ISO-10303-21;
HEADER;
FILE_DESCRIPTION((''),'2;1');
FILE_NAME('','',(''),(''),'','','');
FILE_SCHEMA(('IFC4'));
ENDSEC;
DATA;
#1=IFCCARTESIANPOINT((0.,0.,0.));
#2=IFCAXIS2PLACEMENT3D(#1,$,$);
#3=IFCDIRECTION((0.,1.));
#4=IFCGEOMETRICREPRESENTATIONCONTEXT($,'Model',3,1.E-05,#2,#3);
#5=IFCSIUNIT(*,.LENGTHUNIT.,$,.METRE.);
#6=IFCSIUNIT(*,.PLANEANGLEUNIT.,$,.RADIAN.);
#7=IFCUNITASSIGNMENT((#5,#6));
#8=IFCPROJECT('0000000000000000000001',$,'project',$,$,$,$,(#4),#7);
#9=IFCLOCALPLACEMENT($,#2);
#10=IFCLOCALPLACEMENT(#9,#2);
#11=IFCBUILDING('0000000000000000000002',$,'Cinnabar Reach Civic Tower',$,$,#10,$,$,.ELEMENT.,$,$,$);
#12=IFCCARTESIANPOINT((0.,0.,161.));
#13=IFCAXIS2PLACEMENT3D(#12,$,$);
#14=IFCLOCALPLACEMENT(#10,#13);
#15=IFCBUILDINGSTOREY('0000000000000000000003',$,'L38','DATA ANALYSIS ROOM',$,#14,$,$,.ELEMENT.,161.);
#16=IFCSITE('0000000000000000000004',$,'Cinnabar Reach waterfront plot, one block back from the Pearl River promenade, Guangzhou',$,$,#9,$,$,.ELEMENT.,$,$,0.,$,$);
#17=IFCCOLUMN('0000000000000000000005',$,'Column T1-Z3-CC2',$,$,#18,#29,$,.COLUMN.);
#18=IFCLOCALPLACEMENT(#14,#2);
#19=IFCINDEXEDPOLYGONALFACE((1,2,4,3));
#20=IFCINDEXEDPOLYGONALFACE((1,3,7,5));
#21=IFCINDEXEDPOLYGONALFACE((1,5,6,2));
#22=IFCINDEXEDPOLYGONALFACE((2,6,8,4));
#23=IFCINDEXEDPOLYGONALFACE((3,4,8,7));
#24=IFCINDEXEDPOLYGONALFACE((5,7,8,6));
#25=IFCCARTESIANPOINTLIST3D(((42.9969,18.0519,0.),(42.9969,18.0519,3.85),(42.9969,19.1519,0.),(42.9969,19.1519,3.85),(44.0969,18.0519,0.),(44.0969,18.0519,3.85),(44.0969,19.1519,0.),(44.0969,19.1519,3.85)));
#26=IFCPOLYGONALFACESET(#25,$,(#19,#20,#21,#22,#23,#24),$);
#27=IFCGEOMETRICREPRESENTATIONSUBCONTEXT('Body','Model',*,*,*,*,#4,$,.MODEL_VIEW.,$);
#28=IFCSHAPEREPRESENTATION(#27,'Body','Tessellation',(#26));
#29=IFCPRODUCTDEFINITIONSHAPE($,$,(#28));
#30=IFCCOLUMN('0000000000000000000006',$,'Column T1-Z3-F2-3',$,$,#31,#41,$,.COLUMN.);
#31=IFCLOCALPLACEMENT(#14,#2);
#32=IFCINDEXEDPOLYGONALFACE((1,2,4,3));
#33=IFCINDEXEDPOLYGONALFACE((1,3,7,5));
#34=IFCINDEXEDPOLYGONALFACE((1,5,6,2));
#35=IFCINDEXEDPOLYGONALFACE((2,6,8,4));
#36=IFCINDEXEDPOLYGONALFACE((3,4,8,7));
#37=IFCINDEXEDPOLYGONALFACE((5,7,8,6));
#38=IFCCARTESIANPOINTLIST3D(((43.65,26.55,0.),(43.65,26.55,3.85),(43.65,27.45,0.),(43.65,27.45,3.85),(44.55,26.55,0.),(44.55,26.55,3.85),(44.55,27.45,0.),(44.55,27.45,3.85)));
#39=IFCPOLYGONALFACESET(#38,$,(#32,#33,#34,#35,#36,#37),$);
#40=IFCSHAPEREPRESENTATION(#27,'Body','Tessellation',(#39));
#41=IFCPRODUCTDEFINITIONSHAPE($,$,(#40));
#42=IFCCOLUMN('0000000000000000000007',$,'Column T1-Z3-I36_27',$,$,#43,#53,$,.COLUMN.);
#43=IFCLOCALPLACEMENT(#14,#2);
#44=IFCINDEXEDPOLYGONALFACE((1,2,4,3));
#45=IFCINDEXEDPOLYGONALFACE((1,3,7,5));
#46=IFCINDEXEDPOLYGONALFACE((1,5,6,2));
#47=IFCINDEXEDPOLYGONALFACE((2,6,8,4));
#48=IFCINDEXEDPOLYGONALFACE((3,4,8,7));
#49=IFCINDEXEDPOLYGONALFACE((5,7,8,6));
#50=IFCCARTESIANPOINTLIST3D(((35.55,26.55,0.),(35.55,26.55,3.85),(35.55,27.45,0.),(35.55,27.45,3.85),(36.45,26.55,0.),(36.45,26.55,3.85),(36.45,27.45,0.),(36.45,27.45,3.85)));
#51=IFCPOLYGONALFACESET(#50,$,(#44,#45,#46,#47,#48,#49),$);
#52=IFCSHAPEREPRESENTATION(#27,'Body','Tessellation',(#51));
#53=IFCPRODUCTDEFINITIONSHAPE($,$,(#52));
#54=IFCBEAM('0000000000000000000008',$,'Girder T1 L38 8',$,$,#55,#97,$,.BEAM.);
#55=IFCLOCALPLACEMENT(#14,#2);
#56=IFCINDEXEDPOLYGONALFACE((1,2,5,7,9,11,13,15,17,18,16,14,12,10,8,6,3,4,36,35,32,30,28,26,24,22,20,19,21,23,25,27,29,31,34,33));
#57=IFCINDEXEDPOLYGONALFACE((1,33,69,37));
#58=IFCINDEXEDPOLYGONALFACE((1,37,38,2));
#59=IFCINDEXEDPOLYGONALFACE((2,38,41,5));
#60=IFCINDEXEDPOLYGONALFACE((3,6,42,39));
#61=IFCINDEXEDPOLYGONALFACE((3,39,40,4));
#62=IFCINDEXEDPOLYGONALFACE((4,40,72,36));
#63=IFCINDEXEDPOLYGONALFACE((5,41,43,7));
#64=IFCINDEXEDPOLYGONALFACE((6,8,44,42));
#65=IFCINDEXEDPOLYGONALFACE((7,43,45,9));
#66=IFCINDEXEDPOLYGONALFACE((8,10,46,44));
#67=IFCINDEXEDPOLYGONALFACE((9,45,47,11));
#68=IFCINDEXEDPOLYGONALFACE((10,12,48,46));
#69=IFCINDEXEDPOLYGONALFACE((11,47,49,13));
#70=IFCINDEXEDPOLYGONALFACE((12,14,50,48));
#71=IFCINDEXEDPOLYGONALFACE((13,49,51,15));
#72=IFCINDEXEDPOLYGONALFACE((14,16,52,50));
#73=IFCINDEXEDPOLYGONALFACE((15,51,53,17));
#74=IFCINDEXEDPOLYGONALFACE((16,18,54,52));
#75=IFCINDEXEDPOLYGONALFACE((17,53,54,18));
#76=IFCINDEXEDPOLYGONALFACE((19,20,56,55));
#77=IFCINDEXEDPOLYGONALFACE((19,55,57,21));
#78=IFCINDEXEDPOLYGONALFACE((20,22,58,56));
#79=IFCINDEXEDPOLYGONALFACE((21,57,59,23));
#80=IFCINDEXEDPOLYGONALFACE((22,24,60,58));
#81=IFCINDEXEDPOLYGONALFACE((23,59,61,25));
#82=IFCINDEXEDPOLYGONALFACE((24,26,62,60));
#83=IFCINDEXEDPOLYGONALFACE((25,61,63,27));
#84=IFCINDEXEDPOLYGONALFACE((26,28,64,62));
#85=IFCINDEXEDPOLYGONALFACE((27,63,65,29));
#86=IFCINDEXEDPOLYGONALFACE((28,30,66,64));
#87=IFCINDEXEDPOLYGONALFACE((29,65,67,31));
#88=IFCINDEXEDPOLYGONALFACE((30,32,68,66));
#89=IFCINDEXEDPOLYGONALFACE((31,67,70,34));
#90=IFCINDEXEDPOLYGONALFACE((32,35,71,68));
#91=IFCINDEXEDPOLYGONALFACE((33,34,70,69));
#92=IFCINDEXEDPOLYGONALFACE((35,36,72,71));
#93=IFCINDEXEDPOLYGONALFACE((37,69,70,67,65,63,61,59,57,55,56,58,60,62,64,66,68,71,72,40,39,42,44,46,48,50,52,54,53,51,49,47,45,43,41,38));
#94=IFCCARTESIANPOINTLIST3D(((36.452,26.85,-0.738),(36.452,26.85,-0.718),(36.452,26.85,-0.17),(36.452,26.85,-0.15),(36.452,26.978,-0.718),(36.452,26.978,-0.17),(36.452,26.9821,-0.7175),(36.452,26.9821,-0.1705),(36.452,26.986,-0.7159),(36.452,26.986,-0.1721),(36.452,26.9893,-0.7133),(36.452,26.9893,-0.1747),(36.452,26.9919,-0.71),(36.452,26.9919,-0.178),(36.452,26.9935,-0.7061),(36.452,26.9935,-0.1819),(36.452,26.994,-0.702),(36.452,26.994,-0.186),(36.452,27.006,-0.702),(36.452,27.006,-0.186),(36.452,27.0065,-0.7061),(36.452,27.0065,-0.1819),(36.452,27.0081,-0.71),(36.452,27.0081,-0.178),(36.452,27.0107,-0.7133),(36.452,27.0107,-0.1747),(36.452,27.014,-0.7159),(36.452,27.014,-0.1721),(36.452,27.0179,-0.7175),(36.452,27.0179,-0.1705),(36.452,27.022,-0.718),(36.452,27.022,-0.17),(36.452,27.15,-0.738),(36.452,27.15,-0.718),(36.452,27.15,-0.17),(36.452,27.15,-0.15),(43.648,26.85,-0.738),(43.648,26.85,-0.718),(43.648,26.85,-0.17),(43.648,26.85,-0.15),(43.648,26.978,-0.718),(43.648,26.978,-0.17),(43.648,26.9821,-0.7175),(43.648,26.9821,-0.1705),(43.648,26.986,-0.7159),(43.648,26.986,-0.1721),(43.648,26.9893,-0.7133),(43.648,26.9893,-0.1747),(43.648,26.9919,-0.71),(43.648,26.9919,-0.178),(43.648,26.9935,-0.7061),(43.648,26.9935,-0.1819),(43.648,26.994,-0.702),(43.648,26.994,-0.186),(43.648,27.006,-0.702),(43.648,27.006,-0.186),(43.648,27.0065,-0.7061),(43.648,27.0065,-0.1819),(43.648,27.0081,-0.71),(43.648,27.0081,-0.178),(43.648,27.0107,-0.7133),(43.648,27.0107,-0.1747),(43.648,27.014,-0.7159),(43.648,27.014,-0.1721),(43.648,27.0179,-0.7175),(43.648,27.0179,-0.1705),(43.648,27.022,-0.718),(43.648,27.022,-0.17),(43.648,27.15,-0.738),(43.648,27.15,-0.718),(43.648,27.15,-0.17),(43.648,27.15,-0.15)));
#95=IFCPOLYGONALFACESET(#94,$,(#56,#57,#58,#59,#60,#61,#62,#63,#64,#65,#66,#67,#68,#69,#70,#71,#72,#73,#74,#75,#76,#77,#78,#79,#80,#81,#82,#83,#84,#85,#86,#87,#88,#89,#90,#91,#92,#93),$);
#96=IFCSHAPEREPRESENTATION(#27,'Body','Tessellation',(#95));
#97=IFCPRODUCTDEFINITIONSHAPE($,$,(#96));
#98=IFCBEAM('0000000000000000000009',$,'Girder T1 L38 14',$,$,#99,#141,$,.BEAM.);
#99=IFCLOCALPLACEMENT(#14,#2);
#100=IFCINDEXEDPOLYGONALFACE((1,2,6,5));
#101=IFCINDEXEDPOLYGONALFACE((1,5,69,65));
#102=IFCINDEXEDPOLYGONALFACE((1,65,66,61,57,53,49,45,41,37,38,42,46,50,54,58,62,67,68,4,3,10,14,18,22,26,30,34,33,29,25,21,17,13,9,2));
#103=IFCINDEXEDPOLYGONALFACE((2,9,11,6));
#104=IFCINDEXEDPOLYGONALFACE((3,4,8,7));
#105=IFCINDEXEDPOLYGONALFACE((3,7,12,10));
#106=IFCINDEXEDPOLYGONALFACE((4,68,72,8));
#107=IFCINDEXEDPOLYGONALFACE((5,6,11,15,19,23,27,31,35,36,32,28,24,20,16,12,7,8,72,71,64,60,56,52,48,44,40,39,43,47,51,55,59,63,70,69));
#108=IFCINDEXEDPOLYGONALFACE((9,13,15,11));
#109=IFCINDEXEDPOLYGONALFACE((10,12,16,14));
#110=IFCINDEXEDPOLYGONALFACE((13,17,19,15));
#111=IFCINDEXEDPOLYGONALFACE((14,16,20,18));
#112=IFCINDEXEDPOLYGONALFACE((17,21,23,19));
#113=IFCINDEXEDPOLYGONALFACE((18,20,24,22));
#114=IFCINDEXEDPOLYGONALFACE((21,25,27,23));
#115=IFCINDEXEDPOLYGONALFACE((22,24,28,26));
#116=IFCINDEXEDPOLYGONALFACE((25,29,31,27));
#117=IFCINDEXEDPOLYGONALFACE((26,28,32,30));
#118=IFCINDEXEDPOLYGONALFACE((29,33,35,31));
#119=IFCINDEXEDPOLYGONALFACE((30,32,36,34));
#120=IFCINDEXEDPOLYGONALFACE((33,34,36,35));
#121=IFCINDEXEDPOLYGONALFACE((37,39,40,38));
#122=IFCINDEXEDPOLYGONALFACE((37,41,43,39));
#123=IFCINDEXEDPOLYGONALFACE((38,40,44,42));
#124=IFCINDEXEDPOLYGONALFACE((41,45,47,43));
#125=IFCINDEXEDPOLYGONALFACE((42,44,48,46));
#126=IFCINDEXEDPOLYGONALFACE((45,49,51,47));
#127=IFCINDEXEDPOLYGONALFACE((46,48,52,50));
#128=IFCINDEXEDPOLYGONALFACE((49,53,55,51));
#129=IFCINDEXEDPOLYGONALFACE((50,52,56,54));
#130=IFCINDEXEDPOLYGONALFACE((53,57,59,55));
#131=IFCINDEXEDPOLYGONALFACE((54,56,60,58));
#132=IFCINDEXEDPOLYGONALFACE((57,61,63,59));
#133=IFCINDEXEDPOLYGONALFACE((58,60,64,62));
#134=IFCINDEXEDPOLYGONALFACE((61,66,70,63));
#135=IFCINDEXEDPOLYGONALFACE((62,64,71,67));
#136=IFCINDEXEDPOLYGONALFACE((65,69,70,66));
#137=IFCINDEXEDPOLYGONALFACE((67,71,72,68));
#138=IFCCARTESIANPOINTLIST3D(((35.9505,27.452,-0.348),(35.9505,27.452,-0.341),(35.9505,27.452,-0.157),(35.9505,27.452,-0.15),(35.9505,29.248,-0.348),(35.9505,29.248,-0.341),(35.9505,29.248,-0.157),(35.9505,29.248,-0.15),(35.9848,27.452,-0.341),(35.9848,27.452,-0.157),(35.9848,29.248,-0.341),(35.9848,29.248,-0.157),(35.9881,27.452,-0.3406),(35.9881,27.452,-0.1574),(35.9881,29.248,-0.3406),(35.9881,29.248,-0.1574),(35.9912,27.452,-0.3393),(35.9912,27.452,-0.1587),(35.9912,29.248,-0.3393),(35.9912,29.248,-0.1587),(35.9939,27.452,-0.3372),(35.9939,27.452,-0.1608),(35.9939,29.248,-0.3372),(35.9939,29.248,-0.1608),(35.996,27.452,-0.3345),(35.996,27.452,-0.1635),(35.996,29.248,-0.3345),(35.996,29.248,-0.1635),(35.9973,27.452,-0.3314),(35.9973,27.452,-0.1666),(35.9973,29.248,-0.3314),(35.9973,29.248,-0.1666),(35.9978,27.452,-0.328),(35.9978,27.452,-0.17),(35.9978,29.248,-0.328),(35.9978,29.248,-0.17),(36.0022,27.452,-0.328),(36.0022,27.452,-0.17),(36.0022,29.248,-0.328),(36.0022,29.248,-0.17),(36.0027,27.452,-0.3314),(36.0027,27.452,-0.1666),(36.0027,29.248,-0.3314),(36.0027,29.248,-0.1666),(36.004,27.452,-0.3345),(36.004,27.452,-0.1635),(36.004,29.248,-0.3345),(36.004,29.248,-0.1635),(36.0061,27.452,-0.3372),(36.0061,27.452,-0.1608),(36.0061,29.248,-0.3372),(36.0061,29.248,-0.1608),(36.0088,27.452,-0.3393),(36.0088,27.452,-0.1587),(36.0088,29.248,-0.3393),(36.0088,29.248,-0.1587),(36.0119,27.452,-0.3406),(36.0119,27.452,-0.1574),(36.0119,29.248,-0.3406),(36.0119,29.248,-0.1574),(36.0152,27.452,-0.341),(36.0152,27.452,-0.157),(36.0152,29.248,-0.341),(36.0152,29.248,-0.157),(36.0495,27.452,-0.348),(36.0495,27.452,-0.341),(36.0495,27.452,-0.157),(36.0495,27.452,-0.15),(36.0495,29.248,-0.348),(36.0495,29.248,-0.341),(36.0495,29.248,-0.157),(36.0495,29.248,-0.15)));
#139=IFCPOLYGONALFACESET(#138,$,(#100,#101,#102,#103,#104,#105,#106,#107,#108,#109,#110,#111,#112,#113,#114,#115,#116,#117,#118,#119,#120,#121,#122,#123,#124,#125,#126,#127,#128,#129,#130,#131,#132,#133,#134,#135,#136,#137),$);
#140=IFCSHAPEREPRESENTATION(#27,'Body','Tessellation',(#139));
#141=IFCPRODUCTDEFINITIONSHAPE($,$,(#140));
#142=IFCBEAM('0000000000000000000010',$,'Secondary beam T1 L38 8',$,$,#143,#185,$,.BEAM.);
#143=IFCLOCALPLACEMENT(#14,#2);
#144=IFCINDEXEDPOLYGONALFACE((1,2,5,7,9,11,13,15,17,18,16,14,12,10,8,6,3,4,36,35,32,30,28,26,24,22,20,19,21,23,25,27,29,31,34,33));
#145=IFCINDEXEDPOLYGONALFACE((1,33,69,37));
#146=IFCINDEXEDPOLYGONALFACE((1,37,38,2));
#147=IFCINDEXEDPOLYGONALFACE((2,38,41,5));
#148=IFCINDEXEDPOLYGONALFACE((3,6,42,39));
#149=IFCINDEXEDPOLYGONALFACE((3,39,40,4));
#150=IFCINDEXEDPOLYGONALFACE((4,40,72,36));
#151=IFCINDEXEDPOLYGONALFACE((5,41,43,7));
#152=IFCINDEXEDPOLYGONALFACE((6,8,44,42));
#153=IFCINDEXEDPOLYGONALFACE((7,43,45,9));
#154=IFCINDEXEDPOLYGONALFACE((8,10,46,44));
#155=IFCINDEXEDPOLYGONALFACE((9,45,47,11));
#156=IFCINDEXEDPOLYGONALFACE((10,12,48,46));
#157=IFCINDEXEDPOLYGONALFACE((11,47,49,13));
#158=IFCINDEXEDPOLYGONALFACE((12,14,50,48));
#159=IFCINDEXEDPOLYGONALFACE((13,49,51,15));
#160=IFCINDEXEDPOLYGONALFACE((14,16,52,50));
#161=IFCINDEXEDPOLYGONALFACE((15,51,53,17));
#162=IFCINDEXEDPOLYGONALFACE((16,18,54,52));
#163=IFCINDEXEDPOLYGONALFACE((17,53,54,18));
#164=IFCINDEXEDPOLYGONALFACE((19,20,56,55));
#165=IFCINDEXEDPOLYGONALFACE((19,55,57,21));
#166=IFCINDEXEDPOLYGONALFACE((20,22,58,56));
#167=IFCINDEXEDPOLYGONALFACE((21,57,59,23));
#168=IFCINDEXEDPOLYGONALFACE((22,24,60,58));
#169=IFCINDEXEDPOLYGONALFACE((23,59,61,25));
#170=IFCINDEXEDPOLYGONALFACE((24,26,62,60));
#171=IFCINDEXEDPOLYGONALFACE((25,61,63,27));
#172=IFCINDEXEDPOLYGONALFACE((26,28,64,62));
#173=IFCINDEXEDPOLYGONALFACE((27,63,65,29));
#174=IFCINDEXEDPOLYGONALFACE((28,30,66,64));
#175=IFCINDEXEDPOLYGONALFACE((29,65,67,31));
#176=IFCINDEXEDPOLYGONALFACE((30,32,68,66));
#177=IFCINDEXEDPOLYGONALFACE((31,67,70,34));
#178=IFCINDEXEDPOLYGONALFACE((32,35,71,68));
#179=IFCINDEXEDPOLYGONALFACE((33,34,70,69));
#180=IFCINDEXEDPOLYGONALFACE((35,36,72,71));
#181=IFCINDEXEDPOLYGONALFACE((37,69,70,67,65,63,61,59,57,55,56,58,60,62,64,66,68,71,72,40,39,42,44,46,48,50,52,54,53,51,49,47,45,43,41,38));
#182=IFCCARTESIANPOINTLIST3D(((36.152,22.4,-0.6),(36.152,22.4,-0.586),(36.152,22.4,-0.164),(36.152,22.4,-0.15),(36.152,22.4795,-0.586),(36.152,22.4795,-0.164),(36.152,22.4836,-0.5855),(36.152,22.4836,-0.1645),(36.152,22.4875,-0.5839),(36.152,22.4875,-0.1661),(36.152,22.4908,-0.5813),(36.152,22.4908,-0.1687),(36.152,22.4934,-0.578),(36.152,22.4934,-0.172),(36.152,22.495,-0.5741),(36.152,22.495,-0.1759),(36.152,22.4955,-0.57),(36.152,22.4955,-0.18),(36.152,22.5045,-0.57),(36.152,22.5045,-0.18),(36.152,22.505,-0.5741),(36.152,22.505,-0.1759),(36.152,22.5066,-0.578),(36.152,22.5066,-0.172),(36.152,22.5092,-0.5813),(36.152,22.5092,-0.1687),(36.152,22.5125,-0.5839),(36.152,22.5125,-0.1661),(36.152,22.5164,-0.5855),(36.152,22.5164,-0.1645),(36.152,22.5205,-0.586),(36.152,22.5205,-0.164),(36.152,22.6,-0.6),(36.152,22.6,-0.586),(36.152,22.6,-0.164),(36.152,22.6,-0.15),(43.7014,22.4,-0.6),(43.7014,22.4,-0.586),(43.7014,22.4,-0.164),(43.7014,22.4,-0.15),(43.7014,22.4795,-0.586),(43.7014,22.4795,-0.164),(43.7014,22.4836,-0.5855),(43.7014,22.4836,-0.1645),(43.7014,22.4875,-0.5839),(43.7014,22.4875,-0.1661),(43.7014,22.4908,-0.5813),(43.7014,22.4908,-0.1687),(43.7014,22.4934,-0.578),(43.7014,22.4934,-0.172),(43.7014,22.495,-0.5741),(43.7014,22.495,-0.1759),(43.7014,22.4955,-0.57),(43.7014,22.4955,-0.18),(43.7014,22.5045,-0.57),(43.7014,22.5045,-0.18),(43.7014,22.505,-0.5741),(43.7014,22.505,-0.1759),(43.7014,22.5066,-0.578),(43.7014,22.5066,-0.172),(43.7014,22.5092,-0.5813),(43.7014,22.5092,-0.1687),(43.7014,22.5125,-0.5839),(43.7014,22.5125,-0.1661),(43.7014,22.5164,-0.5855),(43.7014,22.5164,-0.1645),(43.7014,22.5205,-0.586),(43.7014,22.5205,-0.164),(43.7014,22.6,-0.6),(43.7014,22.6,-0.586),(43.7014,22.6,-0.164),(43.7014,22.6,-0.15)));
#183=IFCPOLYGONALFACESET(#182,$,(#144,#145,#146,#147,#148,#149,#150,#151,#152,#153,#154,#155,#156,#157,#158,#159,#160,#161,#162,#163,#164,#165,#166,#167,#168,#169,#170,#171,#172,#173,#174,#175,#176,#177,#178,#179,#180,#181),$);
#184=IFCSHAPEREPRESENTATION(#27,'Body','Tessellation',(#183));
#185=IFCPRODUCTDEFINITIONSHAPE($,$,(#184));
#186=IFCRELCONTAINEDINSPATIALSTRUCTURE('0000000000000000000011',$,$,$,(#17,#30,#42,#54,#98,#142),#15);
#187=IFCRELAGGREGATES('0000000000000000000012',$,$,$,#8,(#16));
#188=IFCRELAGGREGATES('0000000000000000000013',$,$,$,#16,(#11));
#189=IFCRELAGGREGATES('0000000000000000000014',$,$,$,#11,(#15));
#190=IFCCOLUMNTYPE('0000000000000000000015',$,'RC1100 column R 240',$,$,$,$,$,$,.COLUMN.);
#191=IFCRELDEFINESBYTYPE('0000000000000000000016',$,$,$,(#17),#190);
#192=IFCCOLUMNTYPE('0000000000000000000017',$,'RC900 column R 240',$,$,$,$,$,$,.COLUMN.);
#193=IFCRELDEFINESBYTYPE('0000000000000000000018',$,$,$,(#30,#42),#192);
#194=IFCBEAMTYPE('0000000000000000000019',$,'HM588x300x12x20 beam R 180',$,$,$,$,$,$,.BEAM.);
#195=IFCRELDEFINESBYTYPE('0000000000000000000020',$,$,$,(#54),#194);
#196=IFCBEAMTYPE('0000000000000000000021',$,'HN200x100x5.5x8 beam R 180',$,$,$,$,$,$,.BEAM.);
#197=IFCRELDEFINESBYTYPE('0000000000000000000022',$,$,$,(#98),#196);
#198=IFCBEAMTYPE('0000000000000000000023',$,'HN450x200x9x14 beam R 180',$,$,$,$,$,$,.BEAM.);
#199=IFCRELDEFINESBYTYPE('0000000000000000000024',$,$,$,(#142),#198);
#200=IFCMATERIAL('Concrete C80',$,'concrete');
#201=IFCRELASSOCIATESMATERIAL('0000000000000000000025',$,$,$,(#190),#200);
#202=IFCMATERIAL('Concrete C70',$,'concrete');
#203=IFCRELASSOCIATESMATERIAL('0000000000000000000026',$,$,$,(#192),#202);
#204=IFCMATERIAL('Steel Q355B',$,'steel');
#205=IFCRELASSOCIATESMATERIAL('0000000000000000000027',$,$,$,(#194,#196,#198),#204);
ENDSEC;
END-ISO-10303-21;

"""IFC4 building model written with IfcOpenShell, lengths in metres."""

from ifc_helpers import new_model, si_unit, direction, frame, origin, origin_2d, place, context, subcontext, project, spatial, rectangle, i_section, extrude, material, material_profile, profile_set, type_object, element, save


model = new_model("IFC4")

# Units and contexts
model_context = context("Model", 3, precision=1e-05, world=origin(), true_north=direction((0.0, 1.0)))
body_context = subcontext(model_context, "Body", "Model", "MODEL_VIEW")
ifc_project = project(units=[si_unit("LENGTHUNIT", "METRE"), si_unit("PLANEANGLEUNIT", "RADIAN")], contexts=[model_context])

# Site, building, storey
site_placement = place(None, origin())
site = spatial("IfcSite", under=ifc_project, at=site_placement, Name="Cinnabar Reach waterfront plot, one block back from the Pearl River promenade, Guangzhou", CompositionType="ELEMENT", RefElevation=0.0)
building_placement = place(site_placement, origin())
building = spatial("IfcBuilding", under=site, at=building_placement, Name="Cinnabar Reach Civic Tower", CompositionType="ELEMENT")
storey_placement = place(building_placement, frame((0.0, 0.0, 161.0)))
storey = spatial("IfcBuildingStorey", under=building, at=storey_placement, Name="L38", Description="DATA ANALYSIS ROOM", CompositionType="ELEMENT", Elevation=161.0)

# Columns
ifc_material_1 = material(Name="Concrete C80", Category="concrete")
ifc_material_profile_1 = material_profile(ifc_material_1, rectangle(XDim=1.1, YDim=1.1, at=origin_2d()), Name="RC1100")
ifc_profile_set_1 = profile_set([ifc_material_profile_1], Name="Concrete C80")
column_type_1 = type_object("IfcColumnType", Name="RC1100 column R 240", PredefinedType="COLUMN", material=ifc_profile_set_1)
column_placement = place(storey_placement, frame((43.5469, 18.6019, 0.0), z_axis=(0.0, 0.0, 1.0), x_axis=(1.0, 0.0, 0.0)))
element("IfcColumn", 1, at=column_placement, inside=storey, type_object=column_type_1, Name="Column T1-Z3-CC2", PredefinedType="COLUMN", context=body_context, shape_type="SweptSolid", body=[
    extrude(rectangle(XDim=1.1, YDim=1.1, at=origin_2d()), origin(), (0.0, 0.0, 1.0), 3.85),
])
ifc_material_2 = material(Name="Concrete C70", Category="concrete")
ifc_material_profile_2 = material_profile(ifc_material_2, rectangle(XDim=0.9, YDim=0.9, at=origin_2d()), Name="RC900")
ifc_profile_set_2 = profile_set([ifc_material_profile_2], Name="Concrete C70")
column_type_2 = type_object("IfcColumnType", Name="RC900 column R 240", PredefinedType="COLUMN", material=ifc_profile_set_2)
for number, where, z_axis, x_axis, name in (
    (2, (44.1, 27.0, 0.0), (0.0, 0.0, 1.0), (1.0, 0.0, 0.0), "Column T1-Z3-F2-3"),
    (3, (36.0, 27.0, 0.0), (0.0, 0.0, 1.0), (1.0, 0.0, 0.0), "Column T1-Z3-I36_27"),
):
    element("IfcColumn", number, at=place(storey_placement, frame(where, z_axis=z_axis, x_axis=x_axis)), inside=storey, type_object=column_type_2, Name=name, PredefinedType="COLUMN", context=body_context, shape_type="SweptSolid", body=[
        extrude(rectangle(XDim=0.9, YDim=0.9, at=origin_2d()), origin(), (0.0, 0.0, 1.0), 3.85),
    ])

# Beams
ifc_material_3 = material(Name="Steel Q355B", Category="steel")
ifc_material_profile_3 = material_profile(ifc_material_3, i_section(OverallWidth=0.3, OverallDepth=0.588, WebThickness=0.012, FlangeThickness=0.02, FilletRadius=0.016, at=origin_2d()), Name="HM588x300x12x20")
ifc_profile_set_3 = profile_set([ifc_material_profile_3], Name="Steel Q355B")
beam_type_1 = type_object("IfcBeamType", Name="HM588x300x12x20 beam R 180", PredefinedType="BEAM", material=ifc_profile_set_3)
beam_1_placement = place(storey_placement, frame((36.452, 27.0, -0.444), z_axis=(1.0, 0.0, 0.0), x_axis=(0.0, 1.0, 0.0)))
element("IfcBeam", 4, at=beam_1_placement, inside=storey, type_object=beam_type_1, Name="Girder T1 L38 8", PredefinedType="BEAM", context=body_context, shape_type="SweptSolid", body=[
    extrude(i_section(OverallWidth=0.3, OverallDepth=0.588, WebThickness=0.012, FlangeThickness=0.02, FilletRadius=0.016, at=origin_2d()), origin(), (0.0, 0.0, 1.0), 7.196),
])
ifc_material_profile_4 = material_profile(ifc_material_3, i_section(OverallWidth=0.099, OverallDepth=0.198, WebThickness=0.0045, FlangeThickness=0.007, FilletRadius=0.013, at=origin_2d()), Name="HN200x100x5.5x8")
ifc_profile_set_4 = profile_set([ifc_material_profile_4], Name="Steel Q355B")
beam_type_2 = type_object("IfcBeamType", Name="HN200x100x5.5x8 beam R 180", PredefinedType="BEAM", material=ifc_profile_set_4)
beam_2_placement = place(storey_placement, frame((36.0, 27.452, -0.249), z_axis=(0.0, 1.0, 0.0), x_axis=(-1.0, 0.0, 0.0)))
element("IfcBeam", 5, at=beam_2_placement, inside=storey, type_object=beam_type_2, Name="Girder T1 L38 14", PredefinedType="BEAM", context=body_context, shape_type="SweptSolid", body=[
    extrude(i_section(OverallWidth=0.099, OverallDepth=0.198, WebThickness=0.0045, FlangeThickness=0.007, FilletRadius=0.013, at=origin_2d()), origin(), (0.0, 0.0, 1.0), 1.796),
])
ifc_material_profile_5 = material_profile(ifc_material_3, i_section(OverallWidth=0.2, OverallDepth=0.45, WebThickness=0.009, FlangeThickness=0.014, FilletRadius=0.016, at=origin_2d()), Name="HN450x200x9x14")
ifc_profile_set_5 = profile_set([ifc_material_profile_5], Name="Steel Q355B")
beam_type_3 = type_object("IfcBeamType", Name="HN450x200x9x14 beam R 180", PredefinedType="BEAM", material=ifc_profile_set_5)
beam_3_placement = place(storey_placement, frame((36.152, 22.5, -0.375), z_axis=(1.0, 0.0, 0.0), x_axis=(0.0, 1.0, 0.0)))
element("IfcBeam", 6, at=beam_3_placement, inside=storey, type_object=beam_type_3, Name="Secondary beam T1 L38 8", PredefinedType="BEAM", context=body_context, shape_type="SweptSolid", body=[
    extrude(i_section(OverallWidth=0.2, OverallDepth=0.45, WebThickness=0.009, FlangeThickness=0.014, FilletRadius=0.016, at=origin_2d()), origin(), (0.0, 0.0, 1.0), 7.5494),
])

save(model, "model.ifc")
